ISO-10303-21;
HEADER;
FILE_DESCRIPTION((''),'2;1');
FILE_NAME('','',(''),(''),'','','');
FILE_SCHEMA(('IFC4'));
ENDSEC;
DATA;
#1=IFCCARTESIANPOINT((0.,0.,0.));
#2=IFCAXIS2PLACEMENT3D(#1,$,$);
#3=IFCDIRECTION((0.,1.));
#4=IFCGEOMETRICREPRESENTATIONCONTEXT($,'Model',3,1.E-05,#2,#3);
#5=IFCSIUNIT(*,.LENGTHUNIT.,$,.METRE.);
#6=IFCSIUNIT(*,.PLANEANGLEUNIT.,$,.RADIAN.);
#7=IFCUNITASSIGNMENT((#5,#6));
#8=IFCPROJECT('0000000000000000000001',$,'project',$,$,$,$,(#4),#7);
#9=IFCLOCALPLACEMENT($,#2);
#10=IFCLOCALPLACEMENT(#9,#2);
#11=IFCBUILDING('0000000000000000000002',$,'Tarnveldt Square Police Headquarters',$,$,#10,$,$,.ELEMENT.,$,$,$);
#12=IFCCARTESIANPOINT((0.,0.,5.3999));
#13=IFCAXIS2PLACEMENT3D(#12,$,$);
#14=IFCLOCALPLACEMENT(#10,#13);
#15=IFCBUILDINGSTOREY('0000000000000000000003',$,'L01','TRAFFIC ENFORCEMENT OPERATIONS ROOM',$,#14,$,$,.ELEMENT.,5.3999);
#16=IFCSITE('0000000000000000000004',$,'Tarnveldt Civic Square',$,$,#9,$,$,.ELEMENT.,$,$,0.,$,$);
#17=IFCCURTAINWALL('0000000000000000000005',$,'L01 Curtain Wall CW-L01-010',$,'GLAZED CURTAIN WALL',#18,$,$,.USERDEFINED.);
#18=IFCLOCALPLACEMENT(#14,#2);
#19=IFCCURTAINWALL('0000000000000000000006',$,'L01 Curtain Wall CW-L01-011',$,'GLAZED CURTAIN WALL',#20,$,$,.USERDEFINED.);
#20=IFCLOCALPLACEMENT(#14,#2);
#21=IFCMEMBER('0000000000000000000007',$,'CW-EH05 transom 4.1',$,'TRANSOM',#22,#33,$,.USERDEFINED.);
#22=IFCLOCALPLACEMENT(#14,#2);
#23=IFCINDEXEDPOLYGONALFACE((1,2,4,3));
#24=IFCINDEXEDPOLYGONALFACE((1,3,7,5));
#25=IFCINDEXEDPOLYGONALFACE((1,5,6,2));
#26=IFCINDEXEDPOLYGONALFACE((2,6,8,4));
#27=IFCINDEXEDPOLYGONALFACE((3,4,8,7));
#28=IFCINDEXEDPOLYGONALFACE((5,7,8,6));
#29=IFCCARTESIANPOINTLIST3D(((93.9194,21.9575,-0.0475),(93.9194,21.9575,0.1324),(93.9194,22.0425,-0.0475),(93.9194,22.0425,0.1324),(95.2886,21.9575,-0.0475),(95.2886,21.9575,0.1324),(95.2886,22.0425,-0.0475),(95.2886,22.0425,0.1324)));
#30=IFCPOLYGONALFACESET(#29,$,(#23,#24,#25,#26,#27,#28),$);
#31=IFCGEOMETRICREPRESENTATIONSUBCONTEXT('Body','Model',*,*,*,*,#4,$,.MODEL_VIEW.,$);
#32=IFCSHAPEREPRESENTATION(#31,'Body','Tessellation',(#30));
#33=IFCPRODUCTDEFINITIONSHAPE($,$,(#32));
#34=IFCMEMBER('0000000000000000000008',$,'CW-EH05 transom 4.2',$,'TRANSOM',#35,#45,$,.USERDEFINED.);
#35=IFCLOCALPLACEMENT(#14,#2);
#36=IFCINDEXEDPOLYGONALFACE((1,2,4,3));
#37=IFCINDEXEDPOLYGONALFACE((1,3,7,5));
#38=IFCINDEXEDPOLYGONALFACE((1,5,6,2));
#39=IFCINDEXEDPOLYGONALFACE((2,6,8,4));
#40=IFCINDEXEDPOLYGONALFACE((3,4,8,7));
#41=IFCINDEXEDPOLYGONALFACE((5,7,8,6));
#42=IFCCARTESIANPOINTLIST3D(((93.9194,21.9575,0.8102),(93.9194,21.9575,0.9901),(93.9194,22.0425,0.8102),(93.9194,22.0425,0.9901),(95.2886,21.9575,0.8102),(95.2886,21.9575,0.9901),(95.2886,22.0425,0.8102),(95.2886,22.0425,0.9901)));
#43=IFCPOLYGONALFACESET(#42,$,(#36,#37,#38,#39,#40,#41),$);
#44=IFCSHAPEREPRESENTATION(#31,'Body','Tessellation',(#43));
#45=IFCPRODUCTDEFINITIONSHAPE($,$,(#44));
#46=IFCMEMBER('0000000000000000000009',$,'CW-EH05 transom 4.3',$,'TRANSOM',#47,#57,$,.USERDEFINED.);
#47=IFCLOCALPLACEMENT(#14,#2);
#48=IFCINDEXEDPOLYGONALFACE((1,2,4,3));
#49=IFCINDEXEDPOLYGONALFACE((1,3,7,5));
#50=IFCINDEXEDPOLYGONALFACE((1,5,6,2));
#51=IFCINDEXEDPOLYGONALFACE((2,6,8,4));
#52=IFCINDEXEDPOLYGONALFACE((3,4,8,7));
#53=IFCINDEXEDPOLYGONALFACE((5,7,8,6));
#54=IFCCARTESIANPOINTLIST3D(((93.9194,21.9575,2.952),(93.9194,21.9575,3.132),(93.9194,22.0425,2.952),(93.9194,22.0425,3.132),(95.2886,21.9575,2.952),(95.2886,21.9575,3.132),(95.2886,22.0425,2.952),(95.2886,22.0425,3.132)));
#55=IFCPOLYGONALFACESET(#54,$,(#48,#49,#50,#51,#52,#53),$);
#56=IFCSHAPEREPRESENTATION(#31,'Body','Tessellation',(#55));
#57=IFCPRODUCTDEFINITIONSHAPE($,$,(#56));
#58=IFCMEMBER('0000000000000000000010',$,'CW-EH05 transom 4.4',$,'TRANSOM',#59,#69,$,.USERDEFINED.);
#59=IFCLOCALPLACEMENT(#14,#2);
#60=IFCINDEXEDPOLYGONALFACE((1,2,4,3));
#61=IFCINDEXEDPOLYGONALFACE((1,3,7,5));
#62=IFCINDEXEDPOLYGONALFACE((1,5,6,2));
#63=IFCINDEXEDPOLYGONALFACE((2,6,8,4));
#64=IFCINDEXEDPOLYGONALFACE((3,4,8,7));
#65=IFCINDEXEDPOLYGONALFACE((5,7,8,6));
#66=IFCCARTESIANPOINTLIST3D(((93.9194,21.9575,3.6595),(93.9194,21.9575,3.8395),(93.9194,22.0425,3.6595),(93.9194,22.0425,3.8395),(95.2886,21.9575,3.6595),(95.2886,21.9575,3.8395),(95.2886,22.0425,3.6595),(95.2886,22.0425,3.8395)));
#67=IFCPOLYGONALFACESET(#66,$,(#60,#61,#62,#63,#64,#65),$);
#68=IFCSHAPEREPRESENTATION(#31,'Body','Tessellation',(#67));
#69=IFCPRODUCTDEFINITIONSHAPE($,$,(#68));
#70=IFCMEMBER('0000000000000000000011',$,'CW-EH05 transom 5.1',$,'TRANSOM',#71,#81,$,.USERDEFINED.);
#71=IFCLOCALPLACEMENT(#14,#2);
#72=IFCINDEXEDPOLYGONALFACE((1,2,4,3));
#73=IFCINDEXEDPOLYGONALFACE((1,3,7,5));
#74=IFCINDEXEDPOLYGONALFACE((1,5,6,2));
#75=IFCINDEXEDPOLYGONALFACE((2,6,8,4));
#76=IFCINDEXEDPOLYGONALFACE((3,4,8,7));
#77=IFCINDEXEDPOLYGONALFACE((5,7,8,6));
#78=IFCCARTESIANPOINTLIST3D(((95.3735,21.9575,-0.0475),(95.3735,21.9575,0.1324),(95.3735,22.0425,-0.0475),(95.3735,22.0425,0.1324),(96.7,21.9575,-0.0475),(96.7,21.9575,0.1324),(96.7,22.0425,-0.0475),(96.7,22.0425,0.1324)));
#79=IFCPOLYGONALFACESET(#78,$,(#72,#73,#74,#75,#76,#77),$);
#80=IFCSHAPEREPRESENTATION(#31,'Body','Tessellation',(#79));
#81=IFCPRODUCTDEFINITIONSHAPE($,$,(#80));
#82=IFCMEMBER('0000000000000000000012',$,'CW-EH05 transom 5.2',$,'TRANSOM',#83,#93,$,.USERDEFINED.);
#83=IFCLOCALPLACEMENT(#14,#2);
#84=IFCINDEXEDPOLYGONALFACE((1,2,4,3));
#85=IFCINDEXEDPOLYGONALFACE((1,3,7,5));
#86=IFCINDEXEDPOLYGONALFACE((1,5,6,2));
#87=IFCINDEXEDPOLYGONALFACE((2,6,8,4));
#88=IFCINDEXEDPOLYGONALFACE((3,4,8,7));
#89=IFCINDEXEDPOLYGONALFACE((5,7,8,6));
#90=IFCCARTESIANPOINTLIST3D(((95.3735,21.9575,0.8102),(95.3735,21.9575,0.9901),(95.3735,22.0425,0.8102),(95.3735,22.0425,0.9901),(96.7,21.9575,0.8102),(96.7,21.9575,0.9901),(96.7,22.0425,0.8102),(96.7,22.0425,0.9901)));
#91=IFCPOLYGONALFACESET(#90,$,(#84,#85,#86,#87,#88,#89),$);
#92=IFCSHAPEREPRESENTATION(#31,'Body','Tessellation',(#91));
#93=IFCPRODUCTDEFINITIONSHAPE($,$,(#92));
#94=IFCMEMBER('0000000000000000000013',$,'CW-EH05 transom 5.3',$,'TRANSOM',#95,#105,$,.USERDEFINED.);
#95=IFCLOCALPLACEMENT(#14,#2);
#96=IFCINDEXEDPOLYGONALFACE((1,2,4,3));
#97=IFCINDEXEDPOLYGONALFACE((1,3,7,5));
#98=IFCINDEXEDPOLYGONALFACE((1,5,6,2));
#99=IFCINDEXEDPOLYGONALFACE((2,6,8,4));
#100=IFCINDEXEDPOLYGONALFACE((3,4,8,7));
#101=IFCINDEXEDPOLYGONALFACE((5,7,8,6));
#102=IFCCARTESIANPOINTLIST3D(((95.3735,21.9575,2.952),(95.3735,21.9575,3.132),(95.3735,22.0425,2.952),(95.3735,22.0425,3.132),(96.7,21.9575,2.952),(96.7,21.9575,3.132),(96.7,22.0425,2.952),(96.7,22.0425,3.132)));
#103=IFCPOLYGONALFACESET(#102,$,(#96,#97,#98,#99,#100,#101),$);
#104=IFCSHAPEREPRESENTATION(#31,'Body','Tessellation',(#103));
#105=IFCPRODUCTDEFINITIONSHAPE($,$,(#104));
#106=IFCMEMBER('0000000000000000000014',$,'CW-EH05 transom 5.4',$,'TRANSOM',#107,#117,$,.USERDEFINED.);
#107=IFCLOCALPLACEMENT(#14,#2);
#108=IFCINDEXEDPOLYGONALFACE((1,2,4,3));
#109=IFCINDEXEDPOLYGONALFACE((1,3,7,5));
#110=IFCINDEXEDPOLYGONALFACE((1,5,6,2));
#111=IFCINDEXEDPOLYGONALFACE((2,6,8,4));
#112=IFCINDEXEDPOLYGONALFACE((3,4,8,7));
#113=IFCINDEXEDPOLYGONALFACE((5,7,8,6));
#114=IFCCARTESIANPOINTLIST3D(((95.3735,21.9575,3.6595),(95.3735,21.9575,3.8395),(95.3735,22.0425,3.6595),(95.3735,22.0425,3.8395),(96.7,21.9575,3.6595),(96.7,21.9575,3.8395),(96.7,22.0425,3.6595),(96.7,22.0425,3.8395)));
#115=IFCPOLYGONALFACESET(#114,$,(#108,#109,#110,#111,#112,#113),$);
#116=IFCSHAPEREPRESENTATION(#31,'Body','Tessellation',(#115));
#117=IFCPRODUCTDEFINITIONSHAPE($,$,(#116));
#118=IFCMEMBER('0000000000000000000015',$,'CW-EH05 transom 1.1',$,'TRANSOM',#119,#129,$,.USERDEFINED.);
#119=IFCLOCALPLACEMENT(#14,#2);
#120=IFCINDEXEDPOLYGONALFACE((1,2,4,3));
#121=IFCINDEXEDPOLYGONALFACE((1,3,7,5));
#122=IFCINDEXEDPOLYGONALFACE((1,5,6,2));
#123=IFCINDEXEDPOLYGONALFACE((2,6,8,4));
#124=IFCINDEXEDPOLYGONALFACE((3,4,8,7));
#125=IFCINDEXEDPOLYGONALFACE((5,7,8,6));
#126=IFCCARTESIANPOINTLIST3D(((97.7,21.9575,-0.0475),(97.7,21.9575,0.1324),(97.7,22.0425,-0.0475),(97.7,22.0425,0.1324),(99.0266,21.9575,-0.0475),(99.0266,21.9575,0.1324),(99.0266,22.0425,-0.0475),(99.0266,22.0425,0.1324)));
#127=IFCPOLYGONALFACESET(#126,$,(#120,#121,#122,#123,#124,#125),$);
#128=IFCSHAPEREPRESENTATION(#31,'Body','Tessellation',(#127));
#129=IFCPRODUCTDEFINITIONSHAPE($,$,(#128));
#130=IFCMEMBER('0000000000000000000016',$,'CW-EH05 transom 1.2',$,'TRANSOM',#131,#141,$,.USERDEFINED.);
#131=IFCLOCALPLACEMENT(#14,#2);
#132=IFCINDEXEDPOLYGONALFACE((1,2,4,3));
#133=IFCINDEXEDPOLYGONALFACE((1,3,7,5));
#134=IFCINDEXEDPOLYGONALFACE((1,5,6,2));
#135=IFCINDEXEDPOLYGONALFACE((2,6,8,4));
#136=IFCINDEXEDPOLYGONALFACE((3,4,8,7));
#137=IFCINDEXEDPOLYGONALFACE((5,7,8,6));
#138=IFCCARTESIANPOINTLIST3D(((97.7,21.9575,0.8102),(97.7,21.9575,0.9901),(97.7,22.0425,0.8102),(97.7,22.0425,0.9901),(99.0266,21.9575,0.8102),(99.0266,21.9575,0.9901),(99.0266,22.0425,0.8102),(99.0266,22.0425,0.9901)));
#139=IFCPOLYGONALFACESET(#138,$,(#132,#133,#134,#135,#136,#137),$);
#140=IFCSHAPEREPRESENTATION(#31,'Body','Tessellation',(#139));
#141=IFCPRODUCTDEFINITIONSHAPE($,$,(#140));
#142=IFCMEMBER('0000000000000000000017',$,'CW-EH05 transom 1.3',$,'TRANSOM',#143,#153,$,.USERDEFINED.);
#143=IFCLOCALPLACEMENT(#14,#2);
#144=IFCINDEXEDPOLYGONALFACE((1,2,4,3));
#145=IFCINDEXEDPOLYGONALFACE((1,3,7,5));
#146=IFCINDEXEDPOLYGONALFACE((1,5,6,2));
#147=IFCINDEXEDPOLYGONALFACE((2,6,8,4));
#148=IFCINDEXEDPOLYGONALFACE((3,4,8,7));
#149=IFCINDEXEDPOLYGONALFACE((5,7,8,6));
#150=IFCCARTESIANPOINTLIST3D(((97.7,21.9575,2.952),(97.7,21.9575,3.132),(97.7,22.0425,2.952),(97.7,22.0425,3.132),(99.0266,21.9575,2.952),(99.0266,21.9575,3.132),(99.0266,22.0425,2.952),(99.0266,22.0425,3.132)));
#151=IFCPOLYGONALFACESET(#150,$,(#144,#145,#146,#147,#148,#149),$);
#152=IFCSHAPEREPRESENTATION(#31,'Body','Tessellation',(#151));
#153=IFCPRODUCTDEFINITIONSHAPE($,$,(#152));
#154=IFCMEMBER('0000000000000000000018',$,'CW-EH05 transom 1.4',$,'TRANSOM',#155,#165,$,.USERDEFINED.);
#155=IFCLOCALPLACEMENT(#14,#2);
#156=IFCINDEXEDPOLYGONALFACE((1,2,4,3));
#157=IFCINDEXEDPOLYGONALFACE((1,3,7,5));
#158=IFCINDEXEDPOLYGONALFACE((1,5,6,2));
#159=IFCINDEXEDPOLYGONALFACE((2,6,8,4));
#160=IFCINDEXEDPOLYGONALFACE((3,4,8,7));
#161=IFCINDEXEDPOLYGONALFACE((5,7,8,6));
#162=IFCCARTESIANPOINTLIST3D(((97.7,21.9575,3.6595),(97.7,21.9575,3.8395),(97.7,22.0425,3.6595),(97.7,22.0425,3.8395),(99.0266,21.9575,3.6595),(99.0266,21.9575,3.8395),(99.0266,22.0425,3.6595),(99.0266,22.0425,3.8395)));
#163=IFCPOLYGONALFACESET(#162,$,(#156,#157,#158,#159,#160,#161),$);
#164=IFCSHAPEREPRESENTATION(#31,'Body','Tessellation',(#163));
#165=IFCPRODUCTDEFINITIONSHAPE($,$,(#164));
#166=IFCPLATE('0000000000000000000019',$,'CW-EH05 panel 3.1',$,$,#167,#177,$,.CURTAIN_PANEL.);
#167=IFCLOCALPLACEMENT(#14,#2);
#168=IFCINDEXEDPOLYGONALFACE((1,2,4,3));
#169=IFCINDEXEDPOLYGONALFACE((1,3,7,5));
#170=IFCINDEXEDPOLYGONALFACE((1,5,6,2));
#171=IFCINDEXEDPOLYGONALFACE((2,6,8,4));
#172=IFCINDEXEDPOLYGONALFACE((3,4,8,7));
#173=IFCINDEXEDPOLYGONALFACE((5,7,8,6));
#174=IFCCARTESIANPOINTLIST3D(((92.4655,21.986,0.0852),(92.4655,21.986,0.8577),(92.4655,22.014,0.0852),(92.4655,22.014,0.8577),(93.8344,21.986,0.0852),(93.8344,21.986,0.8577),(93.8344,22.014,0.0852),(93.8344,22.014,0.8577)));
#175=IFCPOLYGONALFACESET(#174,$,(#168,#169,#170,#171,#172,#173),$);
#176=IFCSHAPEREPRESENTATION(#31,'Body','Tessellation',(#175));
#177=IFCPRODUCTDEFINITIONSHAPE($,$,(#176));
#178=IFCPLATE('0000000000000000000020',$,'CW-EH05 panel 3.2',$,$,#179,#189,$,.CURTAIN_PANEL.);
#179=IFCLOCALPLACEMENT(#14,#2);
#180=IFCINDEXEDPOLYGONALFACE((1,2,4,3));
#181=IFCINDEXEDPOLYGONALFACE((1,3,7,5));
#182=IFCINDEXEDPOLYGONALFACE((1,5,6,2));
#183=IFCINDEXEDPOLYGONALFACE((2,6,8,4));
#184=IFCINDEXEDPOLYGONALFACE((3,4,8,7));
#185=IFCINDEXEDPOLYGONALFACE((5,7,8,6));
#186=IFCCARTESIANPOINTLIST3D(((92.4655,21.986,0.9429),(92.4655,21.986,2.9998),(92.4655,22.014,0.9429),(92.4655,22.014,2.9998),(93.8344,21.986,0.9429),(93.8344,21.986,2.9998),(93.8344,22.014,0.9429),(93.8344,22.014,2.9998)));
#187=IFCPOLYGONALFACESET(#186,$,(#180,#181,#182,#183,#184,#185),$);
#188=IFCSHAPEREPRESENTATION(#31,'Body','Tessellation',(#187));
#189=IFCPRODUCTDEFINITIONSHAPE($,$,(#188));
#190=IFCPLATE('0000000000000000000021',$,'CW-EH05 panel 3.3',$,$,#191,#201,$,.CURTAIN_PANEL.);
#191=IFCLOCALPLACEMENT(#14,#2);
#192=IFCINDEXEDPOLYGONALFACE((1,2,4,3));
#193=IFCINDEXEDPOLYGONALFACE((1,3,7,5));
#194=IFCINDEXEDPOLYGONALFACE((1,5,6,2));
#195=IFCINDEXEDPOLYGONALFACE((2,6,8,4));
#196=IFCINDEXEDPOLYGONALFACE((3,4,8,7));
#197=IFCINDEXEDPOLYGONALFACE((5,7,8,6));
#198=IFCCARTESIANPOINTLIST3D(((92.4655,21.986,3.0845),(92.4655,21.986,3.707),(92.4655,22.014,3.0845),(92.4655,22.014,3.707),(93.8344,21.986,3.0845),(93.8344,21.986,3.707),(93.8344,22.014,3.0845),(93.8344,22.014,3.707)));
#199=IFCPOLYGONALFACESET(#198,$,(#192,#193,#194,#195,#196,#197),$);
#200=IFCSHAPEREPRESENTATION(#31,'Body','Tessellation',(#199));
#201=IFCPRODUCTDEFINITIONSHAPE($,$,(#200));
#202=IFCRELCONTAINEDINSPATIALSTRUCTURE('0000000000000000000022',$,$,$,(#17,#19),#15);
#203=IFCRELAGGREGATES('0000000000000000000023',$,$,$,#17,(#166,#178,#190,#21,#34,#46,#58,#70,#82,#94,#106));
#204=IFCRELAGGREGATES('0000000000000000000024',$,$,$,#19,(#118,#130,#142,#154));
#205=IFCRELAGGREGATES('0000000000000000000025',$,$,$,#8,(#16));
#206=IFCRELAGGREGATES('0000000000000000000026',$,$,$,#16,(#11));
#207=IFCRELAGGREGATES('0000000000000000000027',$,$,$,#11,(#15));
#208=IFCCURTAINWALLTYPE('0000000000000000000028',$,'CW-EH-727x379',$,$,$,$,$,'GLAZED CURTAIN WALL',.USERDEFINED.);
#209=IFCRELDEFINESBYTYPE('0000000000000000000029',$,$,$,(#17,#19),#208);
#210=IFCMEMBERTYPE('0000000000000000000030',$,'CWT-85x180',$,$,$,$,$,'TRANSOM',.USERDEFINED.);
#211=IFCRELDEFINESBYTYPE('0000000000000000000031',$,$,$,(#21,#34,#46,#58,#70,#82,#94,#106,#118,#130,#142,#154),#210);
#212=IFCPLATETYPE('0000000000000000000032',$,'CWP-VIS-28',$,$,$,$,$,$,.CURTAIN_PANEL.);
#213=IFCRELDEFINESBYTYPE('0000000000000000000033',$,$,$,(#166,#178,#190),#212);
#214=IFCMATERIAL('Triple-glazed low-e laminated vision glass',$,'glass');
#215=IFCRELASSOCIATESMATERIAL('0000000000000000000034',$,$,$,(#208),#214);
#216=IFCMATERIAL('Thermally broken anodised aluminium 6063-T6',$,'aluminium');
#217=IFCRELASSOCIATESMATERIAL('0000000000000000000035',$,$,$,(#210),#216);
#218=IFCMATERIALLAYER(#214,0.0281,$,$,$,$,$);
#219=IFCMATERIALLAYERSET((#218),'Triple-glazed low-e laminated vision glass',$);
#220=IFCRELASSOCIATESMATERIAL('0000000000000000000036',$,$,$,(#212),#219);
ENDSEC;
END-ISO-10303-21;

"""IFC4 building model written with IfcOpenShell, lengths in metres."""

from ifc_helpers import new_model, si_unit, direction, frame, origin, origin_2d, place, context, subcontext, project, spatial, rectangle, extrude, material, layer, layer_set, material_profile, profile_set, type_object, element, aggregate, save


model = new_model("IFC4")

# Units and contexts
model_context = context("Model", 3, precision=1e-05, world=origin(), true_north=direction((0.0, 1.0)))
body_context = subcontext(model_context, "Body", "Model", "MODEL_VIEW")
ifc_project = project(units=[si_unit("LENGTHUNIT", "METRE"), si_unit("PLANEANGLEUNIT", "RADIAN")], contexts=[model_context])

# Site, building, storey
site_placement = place(None, origin())
site = spatial("IfcSite", under=ifc_project, at=site_placement, Name="Tarnveldt Civic Square", CompositionType="ELEMENT", RefElevation=0.0)
building_placement = place(site_placement, origin())
building = spatial("IfcBuilding", under=site, at=building_placement, Name="Tarnveldt Square Police Headquarters", CompositionType="ELEMENT")
storey_placement = place(building_placement, frame((0.0, 0.0, 5.3999)))
storey = spatial("IfcBuildingStorey", under=building, at=storey_placement, Name="L01", Description="TRAFFIC ENFORCEMENT OPERATIONS ROOM", CompositionType="ELEMENT", Elevation=5.3999)

# Curtain walls
ifc_material_1 = material(Name="Triple-glazed low-e laminated vision glass", Category="glass")
curtain_wall_type = type_object("IfcCurtainWallType", Name="CW-EH-727x379", ElementType="GLAZED CURTAIN WALL", PredefinedType="USERDEFINED", material=ifc_material_1)
curtain_wall_1_placement = place(storey_placement, origin())
curtain_wall_1 = element("IfcCurtainWall", 1, at=curtain_wall_1_placement, inside=storey, type_object=curtain_wall_type, Name="L01 Curtain Wall CW-L01-010", ObjectType="GLAZED CURTAIN WALL", PredefinedType="USERDEFINED")
ifc_material_2 = material(Name="Thermally broken anodised aluminium 6063-T6", Category="aluminium")
curtain_wall_2_placement = place(storey_placement, origin())
curtain_wall_2 = element("IfcCurtainWall", 2, at=curtain_wall_2_placement, inside=storey, type_object=curtain_wall_type, Name="L01 Curtain Wall CW-L01-011", ObjectType="GLAZED CURTAIN WALL", PredefinedType="USERDEFINED")

# Members
ifc_material_profile_1 = material_profile(ifc_material_2, rectangle(XDim=0.085, YDim=0.1799, at=origin_2d()), Name="CW-T85x180")
ifc_profile_set_1 = profile_set([ifc_material_profile_1], Name="Thermally broken anodised aluminium 6063-T6")
member_type_1 = type_object("IfcMemberType", Name="CWT-85x180", ElementType="TRANSOM", PredefinedType="USERDEFINED", material=ifc_profile_set_1)
member_1_placement = place(storey_placement, frame((93.9194, 22.0, 0.0425), z_axis=(1.0, 0.0, 0.0), x_axis=(0.0, 1.0, 0.0)))
member_1 = element("IfcMember", 3, at=member_1_placement, type_object=member_type_1, Name="CW-EH05 transom 4.1", ObjectType="TRANSOM", PredefinedType="USERDEFINED", context=body_context, shape_type="SweptSolid", body=[
    extrude(rectangle(XDim=0.085, YDim=0.1799, at=origin_2d()), origin(), (0.0, 0.0, 1.0), 1.3691),
])
member_2_placement = place(storey_placement, frame((93.9194, 22.0, 0.9001), z_axis=(1.0, 0.0, 0.0), x_axis=(0.0, 1.0, 0.0)))
member_2 = element("IfcMember", 4, at=member_2_placement, type_object=member_type_1, Name="CW-EH05 transom 4.2", ObjectType="TRANSOM", PredefinedType="USERDEFINED", context=body_context, shape_type="SweptSolid", body=[
    extrude(rectangle(XDim=0.085, YDim=0.1799, at=origin_2d()), origin(), (0.0, 0.0, 1.0), 1.3691),
])
member_3_placement = place(storey_placement, frame((93.9194, 22.0, 3.042), z_axis=(1.0, 0.0, 0.0), x_axis=(0.0, 1.0, 0.0)))
member_3 = element("IfcMember", 5, at=member_3_placement, type_object=member_type_1, Name="CW-EH05 transom 4.3", ObjectType="TRANSOM", PredefinedType="USERDEFINED", context=body_context, shape_type="SweptSolid", body=[
    extrude(rectangle(XDim=0.085, YDim=0.1799, at=origin_2d()), origin(), (0.0, 0.0, 1.0), 1.3691),
])
member_4_placement = place(storey_placement, frame((93.9194, 22.0, 3.7495), z_axis=(1.0, 0.0, 0.0), x_axis=(0.0, 1.0, 0.0)))
member_4 = element("IfcMember", 6, at=member_4_placement, type_object=member_type_1, Name="CW-EH05 transom 4.4", ObjectType="TRANSOM", PredefinedType="USERDEFINED", context=body_context, shape_type="SweptSolid", body=[
    extrude(rectangle(XDim=0.085, YDim=0.1799, at=origin_2d()), origin(), (0.0, 0.0, 1.0), 1.3691),
])
member_5_placement = place(storey_placement, frame((95.3735, 22.0, 0.0425), z_axis=(1.0, 0.0, 0.0), x_axis=(0.0, 1.0, 0.0)))
member_5 = element("IfcMember", 7, at=member_5_placement, type_object=member_type_1, Name="CW-EH05 transom 5.1", ObjectType="TRANSOM", PredefinedType="USERDEFINED", context=body_context, shape_type="SweptSolid", body=[
    extrude(rectangle(XDim=0.085, YDim=0.1799, at=origin_2d()), origin(), (0.0, 0.0, 1.0), 1.3264),
])
member_6_placement = place(storey_placement, frame((95.3735, 22.0, 0.9001), z_axis=(1.0, 0.0, 0.0), x_axis=(0.0, 1.0, 0.0)))
member_6 = element("IfcMember", 8, at=member_6_placement, type_object=member_type_1, Name="CW-EH05 transom 5.2", ObjectType="TRANSOM", PredefinedType="USERDEFINED", context=body_context, shape_type="SweptSolid", body=[
    extrude(rectangle(XDim=0.085, YDim=0.1799, at=origin_2d()), origin(), (0.0, 0.0, 1.0), 1.3264),
])
member_7_placement = place(storey_placement, frame((95.3735, 22.0, 3.042), z_axis=(1.0, 0.0, 0.0), x_axis=(0.0, 1.0, 0.0)))
member_7 = element("IfcMember", 9, at=member_7_placement, type_object=member_type_1, Name="CW-EH05 transom 5.3", ObjectType="TRANSOM", PredefinedType="USERDEFINED", context=body_context, shape_type="SweptSolid", body=[
    extrude(rectangle(XDim=0.085, YDim=0.1799, at=origin_2d()), origin(), (0.0, 0.0, 1.0), 1.3264),
])
member_8_placement = place(storey_placement, frame((95.3735, 22.0, 3.7495), z_axis=(1.0, 0.0, 0.0), x_axis=(0.0, 1.0, 0.0)))
member_8 = element("IfcMember", 10, at=member_8_placement, type_object=member_type_1, Name="CW-EH05 transom 5.4", ObjectType="TRANSOM", PredefinedType="USERDEFINED", context=body_context, shape_type="SweptSolid", body=[
    extrude(rectangle(XDim=0.085, YDim=0.1799, at=origin_2d()), origin(), (0.0, 0.0, 1.0), 1.3264),
])
member_9_placement = place(storey_placement, frame((97.7, 22.0, 0.0425), z_axis=(1.0, 0.0, 0.0), x_axis=(0.0, 1.0, 0.0)))
member_9 = element("IfcMember", 11, at=member_9_placement, type_object=member_type_1, Name="CW-EH05 transom 1.1", ObjectType="TRANSOM", PredefinedType="USERDEFINED", context=body_context, shape_type="SweptSolid", body=[
    extrude(rectangle(XDim=0.085, YDim=0.1799, at=origin_2d()), origin(), (0.0, 0.0, 1.0), 1.3267),
])
member_10_placement = place(storey_placement, frame((97.7, 22.0, 0.9001), z_axis=(1.0, 0.0, 0.0), x_axis=(0.0, 1.0, 0.0)))
member_10 = element("IfcMember", 12, at=member_10_placement, type_object=member_type_1, Name="CW-EH05 transom 1.2", ObjectType="TRANSOM", PredefinedType="USERDEFINED", context=body_context, shape_type="SweptSolid", body=[
    extrude(rectangle(XDim=0.085, YDim=0.1799, at=origin_2d()), origin(), (0.0, 0.0, 1.0), 1.3267),
])
member_11_placement = place(storey_placement, frame((97.7, 22.0, 3.042), z_axis=(1.0, 0.0, 0.0), x_axis=(0.0, 1.0, 0.0)))
member_11 = element("IfcMember", 13, at=member_11_placement, type_object=member_type_1, Name="CW-EH05 transom 1.3", ObjectType="TRANSOM", PredefinedType="USERDEFINED", context=body_context, shape_type="SweptSolid", body=[
    extrude(rectangle(XDim=0.085, YDim=0.1799, at=origin_2d()), origin(), (0.0, 0.0, 1.0), 1.3267),
])
member_12_placement = place(storey_placement, frame((97.7, 22.0, 3.7495), z_axis=(1.0, 0.0, 0.0), x_axis=(0.0, 1.0, 0.0)))
member_12 = element("IfcMember", 14, at=member_12_placement, type_object=member_type_1, Name="CW-EH05 transom 1.4", ObjectType="TRANSOM", PredefinedType="USERDEFINED", context=body_context, shape_type="SweptSolid", body=[
    extrude(rectangle(XDim=0.085, YDim=0.1799, at=origin_2d()), origin(), (0.0, 0.0, 1.0), 1.3267),
])

# Plates
ifc_layer = layer(ifc_material_1, 0.0281)
ifc_layer_set = layer_set([ifc_layer], Name="Triple-glazed low-e laminated vision glass")
plate_type = type_object("IfcPlateType", Name="CWP-VIS-28", PredefinedType="CURTAIN_PANEL", material=ifc_layer_set)
plate_1_placement = place(storey_placement, frame((93.1499, 22.0, 0.0852), z_axis=(0.0, 0.0, 1.0), x_axis=(1.0, 0.0, 0.0)))
plate_1 = element("IfcPlate", 15, at=plate_1_placement, type_object=plate_type, Name="CW-EH05 panel 3.1", PredefinedType="CURTAIN_PANEL", context=body_context, shape_type="SweptSolid", body=[
    extrude(rectangle(XDim=1.3689, YDim=0.0281, at=origin_2d()), origin(), (0.0, 0.0, 1.0), 0.7725),
])
plate_2_placement = place(storey_placement, frame((93.1499, 22.0, 0.9429), z_axis=(0.0, 0.0, 1.0), x_axis=(1.0, 0.0, 0.0)))
plate_2 = element("IfcPlate", 16, at=plate_2_placement, type_object=plate_type, Name="CW-EH05 panel 3.2", PredefinedType="CURTAIN_PANEL", context=body_context, shape_type="SweptSolid", body=[
    extrude(rectangle(XDim=1.3689, YDim=0.0281, at=origin_2d()), origin(), (0.0, 0.0, 1.0), 2.0569),
])
plate_3_placement = place(storey_placement, frame((93.1499, 22.0, 3.0845), z_axis=(0.0, 0.0, 1.0), x_axis=(1.0, 0.0, 0.0)))
plate_3 = element("IfcPlate", 17, at=plate_3_placement, type_object=plate_type, Name="CW-EH05 panel 3.3", PredefinedType="CURTAIN_PANEL", context=body_context, shape_type="SweptSolid", body=[
    extrude(rectangle(XDim=1.3689, YDim=0.0281, at=origin_2d()), origin(), (0.0, 0.0, 1.0), 0.6226),
])
aggregate(curtain_wall_1, [plate_1, plate_2, plate_3, member_1, member_2, member_3, member_4, member_5, member_6, member_7, member_8])
aggregate(curtain_wall_2, [member_9, member_10, member_11, member_12])

save(model, "model.ifc")
